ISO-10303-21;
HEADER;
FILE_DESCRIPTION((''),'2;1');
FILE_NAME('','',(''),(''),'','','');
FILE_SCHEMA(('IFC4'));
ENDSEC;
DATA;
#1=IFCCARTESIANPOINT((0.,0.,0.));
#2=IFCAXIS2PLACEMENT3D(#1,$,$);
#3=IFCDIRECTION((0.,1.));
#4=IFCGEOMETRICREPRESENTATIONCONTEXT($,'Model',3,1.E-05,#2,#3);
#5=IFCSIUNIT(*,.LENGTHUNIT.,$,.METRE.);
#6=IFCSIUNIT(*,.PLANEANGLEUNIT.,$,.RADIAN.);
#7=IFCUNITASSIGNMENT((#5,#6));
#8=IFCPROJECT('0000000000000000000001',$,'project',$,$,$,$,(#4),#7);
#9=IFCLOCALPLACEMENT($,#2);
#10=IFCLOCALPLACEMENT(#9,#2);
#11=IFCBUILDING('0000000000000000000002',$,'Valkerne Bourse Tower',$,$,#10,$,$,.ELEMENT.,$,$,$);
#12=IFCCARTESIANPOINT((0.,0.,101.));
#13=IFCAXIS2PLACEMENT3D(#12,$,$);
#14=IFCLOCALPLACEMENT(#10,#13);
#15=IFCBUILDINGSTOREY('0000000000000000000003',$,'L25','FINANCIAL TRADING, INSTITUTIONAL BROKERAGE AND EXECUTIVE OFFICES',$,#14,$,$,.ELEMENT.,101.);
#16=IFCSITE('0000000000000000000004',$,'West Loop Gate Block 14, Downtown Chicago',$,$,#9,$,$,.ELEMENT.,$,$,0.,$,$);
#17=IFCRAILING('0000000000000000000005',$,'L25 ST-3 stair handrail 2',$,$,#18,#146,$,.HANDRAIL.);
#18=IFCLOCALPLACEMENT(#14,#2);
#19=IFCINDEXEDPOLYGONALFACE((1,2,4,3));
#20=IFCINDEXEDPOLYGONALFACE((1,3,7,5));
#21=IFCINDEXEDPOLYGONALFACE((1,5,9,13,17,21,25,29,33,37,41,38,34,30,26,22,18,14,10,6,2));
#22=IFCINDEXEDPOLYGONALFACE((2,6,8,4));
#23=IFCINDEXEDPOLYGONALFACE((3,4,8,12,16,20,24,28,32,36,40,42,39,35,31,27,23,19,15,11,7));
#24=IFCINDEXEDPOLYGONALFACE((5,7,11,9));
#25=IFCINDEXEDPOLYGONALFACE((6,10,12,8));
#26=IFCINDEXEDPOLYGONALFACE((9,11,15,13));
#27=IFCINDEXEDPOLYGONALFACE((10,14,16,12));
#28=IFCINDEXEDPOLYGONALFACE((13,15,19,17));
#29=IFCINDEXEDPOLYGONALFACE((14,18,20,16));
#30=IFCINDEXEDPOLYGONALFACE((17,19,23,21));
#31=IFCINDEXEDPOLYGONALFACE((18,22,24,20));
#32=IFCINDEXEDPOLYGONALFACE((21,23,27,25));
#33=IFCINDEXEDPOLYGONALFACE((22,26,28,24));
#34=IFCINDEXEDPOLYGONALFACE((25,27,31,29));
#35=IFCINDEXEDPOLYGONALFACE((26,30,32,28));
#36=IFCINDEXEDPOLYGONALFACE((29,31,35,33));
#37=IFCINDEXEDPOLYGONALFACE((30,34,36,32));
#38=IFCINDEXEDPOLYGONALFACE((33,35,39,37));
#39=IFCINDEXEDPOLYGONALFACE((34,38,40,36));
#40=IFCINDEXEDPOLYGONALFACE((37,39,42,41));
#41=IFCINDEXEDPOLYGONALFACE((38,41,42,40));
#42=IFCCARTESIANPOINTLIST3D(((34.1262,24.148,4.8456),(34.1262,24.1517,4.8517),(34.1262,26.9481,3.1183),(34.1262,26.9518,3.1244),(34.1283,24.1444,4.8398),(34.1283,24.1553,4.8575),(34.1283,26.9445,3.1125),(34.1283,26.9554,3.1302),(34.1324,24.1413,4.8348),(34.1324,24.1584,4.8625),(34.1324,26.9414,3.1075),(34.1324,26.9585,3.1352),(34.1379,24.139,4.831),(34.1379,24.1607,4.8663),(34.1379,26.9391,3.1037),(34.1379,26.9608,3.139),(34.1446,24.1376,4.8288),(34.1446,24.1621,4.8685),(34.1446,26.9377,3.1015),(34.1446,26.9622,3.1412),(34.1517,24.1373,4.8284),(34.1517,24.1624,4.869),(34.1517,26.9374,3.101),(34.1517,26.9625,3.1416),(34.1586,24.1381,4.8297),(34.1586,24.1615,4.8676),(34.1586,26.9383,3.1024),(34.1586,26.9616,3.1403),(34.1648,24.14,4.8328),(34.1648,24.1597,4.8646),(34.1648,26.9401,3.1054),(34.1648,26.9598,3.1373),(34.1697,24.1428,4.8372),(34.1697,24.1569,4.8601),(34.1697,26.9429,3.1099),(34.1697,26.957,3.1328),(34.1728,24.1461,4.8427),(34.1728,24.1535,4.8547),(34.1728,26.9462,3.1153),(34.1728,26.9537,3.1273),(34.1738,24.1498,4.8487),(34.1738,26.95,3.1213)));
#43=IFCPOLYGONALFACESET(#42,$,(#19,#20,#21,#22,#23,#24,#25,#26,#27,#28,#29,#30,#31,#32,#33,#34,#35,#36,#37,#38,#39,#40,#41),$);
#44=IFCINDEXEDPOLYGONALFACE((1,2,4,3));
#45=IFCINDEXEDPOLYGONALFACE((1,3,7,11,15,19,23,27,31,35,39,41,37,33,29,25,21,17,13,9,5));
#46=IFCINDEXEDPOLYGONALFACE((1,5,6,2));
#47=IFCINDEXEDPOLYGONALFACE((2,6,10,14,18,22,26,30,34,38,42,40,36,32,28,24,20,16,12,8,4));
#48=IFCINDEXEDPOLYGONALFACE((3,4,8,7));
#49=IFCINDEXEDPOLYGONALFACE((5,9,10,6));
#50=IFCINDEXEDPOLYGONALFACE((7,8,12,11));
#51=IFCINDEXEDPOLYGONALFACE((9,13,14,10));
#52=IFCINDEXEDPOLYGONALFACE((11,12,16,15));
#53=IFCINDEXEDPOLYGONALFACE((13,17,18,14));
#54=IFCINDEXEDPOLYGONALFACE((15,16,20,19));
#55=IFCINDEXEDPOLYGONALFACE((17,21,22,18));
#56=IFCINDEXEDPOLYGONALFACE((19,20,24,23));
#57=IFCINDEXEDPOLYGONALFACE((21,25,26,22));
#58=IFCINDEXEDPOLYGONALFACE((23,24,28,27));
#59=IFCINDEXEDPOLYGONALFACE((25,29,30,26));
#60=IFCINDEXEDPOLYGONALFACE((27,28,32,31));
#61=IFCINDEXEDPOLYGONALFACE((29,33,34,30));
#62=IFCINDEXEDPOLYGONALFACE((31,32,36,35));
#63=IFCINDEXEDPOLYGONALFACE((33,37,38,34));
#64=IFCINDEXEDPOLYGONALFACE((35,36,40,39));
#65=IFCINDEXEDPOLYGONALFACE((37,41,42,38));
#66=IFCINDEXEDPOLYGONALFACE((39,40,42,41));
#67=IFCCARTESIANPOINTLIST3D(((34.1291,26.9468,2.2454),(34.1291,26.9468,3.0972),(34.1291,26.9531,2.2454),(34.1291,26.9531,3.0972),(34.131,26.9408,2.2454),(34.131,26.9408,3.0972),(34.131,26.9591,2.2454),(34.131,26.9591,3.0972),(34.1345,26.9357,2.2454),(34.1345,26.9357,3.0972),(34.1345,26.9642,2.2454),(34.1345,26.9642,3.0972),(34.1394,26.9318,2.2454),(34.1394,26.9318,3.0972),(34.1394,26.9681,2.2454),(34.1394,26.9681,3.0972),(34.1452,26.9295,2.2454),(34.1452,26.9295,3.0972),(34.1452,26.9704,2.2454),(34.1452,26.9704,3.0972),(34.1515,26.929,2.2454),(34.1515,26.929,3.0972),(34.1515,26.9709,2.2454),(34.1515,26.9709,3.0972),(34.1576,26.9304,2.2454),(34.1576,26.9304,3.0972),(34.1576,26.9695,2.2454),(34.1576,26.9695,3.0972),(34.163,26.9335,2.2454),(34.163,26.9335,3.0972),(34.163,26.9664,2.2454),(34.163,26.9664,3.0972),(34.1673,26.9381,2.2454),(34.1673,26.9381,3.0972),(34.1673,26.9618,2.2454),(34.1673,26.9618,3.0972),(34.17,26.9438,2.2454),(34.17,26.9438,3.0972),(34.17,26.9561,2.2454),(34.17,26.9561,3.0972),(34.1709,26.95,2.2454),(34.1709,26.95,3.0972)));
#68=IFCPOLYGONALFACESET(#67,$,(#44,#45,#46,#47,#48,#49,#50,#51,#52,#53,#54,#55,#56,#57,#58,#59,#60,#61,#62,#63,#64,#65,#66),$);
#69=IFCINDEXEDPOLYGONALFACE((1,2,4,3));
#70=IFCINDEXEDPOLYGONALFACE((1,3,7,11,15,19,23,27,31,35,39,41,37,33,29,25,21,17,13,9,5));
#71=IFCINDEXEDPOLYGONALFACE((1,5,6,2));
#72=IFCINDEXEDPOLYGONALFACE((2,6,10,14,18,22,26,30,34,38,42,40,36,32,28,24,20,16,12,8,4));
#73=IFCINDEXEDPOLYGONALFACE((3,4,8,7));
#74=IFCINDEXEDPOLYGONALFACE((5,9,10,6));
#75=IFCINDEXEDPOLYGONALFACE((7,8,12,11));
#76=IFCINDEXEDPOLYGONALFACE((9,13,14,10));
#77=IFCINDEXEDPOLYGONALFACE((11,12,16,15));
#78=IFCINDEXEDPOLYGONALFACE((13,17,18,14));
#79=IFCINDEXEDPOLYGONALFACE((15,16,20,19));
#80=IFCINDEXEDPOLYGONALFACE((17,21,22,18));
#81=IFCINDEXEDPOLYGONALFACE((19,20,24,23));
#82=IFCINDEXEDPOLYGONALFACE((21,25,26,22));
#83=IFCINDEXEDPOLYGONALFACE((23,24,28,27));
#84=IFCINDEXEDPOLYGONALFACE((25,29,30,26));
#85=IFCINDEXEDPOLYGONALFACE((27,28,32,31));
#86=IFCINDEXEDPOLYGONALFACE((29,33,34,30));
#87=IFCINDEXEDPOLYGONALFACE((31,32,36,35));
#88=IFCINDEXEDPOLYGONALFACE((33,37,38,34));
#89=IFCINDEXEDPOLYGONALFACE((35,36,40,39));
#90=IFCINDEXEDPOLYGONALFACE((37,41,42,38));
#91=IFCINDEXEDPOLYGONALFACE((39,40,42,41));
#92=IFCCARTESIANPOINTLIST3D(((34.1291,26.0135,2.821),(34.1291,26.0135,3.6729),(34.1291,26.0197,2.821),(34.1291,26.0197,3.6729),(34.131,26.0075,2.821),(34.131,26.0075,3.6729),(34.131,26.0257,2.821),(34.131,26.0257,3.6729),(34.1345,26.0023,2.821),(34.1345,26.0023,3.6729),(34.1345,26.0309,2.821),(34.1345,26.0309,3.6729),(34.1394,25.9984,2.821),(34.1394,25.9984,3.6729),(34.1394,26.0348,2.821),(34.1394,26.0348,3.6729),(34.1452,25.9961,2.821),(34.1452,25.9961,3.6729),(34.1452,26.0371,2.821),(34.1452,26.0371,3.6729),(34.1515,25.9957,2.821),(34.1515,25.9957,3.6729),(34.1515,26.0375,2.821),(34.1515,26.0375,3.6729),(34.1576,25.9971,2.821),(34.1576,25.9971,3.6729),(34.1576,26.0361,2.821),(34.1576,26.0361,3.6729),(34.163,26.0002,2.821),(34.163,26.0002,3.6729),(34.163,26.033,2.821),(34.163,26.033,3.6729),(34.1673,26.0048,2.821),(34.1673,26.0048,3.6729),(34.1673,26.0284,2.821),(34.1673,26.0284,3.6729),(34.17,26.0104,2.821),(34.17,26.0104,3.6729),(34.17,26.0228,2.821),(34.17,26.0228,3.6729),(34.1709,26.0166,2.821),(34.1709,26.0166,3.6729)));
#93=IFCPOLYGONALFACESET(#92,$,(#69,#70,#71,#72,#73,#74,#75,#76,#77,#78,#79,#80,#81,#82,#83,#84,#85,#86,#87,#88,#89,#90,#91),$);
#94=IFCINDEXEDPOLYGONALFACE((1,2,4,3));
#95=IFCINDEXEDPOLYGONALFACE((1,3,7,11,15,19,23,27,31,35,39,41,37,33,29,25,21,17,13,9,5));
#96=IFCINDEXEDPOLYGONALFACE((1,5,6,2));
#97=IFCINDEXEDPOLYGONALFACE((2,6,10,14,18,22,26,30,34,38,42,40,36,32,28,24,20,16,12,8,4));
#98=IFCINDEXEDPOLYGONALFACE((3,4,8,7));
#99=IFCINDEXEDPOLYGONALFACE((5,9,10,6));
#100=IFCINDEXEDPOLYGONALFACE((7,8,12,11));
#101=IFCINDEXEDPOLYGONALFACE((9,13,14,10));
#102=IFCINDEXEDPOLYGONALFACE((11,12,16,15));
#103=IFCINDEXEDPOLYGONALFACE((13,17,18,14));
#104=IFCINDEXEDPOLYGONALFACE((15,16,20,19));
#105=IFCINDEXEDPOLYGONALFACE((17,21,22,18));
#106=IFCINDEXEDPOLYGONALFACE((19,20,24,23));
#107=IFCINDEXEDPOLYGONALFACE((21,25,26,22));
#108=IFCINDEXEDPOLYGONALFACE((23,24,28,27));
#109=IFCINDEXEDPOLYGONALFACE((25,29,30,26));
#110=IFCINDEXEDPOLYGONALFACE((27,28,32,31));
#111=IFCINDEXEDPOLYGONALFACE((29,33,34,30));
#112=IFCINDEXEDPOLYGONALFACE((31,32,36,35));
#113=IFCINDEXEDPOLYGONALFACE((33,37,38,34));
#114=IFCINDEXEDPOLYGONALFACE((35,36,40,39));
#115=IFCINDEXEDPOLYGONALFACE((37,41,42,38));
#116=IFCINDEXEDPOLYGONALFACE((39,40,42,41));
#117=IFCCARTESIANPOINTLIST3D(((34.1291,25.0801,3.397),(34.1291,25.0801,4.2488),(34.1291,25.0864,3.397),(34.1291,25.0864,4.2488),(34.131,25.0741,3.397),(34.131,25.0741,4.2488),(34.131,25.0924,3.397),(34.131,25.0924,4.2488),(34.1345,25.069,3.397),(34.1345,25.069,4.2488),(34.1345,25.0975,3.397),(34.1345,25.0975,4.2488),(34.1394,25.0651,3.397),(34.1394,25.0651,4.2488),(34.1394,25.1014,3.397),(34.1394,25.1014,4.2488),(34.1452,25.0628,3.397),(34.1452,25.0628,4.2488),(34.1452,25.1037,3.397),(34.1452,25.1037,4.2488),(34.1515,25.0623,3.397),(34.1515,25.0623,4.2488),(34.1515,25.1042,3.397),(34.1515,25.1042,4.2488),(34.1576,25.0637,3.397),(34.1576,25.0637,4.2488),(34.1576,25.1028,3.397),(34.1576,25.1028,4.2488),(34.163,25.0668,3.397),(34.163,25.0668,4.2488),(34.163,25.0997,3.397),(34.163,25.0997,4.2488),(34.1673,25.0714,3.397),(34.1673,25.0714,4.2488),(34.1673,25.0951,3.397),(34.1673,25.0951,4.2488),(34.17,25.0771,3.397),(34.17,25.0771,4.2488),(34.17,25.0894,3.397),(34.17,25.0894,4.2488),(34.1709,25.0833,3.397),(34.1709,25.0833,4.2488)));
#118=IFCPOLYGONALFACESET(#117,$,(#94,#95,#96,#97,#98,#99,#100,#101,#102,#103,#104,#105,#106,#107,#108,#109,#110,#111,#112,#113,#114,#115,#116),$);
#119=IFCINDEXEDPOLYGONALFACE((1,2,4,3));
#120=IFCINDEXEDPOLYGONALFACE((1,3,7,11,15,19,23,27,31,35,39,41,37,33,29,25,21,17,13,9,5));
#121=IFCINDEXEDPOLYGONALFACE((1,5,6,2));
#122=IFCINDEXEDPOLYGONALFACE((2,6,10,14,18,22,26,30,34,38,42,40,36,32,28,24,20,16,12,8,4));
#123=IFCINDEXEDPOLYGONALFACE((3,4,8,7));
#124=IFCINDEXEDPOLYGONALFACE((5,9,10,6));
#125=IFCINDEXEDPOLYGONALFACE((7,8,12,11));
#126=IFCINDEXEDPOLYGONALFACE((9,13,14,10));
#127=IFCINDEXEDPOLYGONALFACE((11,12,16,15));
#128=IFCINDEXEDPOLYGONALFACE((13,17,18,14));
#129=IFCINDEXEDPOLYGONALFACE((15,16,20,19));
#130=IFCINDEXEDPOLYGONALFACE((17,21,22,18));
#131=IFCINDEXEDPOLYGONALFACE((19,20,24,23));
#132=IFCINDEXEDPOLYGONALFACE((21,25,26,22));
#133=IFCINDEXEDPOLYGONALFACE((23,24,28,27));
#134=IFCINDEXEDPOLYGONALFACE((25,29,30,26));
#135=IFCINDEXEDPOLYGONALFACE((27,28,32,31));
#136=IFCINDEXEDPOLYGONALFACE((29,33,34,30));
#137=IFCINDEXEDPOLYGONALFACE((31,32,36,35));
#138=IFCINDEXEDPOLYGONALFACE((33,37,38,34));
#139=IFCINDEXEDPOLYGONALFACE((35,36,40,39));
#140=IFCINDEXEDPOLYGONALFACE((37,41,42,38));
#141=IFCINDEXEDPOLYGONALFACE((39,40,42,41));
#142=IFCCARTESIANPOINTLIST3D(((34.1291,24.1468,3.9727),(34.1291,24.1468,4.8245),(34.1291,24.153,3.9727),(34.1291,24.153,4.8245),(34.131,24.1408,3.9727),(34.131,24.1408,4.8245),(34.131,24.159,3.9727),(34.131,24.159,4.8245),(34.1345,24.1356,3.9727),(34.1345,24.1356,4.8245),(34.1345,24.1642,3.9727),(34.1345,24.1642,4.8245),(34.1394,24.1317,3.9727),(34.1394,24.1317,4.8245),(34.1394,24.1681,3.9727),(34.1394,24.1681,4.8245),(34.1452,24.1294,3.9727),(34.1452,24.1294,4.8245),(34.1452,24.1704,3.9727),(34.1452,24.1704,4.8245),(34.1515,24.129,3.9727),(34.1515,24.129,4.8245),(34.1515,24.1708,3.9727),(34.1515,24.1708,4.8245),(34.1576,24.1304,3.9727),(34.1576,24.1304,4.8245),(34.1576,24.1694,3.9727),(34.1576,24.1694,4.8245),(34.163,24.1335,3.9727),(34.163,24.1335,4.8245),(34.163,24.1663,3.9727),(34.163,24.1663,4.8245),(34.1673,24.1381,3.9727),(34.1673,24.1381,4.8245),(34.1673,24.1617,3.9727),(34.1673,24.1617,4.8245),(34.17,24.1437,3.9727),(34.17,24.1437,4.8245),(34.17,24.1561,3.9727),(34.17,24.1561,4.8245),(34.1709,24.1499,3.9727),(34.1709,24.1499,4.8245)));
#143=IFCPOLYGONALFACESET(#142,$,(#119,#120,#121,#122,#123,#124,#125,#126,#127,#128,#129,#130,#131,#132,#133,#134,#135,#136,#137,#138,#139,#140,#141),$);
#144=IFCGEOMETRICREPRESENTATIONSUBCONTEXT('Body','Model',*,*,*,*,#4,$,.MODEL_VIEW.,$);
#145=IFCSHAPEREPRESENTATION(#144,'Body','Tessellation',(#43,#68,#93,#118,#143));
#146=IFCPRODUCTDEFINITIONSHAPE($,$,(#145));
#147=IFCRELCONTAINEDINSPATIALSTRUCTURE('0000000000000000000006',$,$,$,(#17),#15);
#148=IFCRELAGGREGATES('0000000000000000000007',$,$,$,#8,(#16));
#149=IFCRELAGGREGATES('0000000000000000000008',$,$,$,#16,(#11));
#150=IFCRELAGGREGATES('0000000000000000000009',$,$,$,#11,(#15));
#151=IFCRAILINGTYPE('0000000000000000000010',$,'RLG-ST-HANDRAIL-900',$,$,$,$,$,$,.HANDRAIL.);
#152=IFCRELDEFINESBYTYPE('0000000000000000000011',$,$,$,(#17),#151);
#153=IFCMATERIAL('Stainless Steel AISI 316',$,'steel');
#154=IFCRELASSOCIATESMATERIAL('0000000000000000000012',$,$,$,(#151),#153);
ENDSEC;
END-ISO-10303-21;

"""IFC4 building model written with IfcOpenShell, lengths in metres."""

from ifc_helpers import new_model, si_unit, direction, frame, origin, origin_2d, place, context, subcontext, project, spatial, circle, extrude, material, type_object, element, save


model = new_model("IFC4")

# Units and contexts
model_context = context("Model", 3, precision=1e-05, world=origin(), true_north=direction((0.0, 1.0)))
body_context = subcontext(model_context, "Body", "Model", "MODEL_VIEW")
ifc_project = project(units=[si_unit("LENGTHUNIT", "METRE"), si_unit("PLANEANGLEUNIT", "RADIAN")], contexts=[model_context])

# Site, building, storey
site_placement = place(None, origin())
site = spatial("IfcSite", under=ifc_project, at=site_placement, Name="West Loop Gate Block 14, Downtown Chicago", CompositionType="ELEMENT", RefElevation=0.0)
building_placement = place(site_placement, origin())
building = spatial("IfcBuilding", under=site, at=building_placement, Name="Valkerne Bourse Tower", CompositionType="ELEMENT")
storey_placement = place(building_placement, frame((0.0, 0.0, 101.0)))
storey = spatial("IfcBuildingStorey", under=building, at=storey_placement, Name="L25", Description="FINANCIAL TRADING, INSTITUTIONAL BROKERAGE AND EXECUTIVE OFFICES", CompositionType="ELEMENT", Elevation=101.0)

# Railing
ifc_material_1 = material(Name="Stainless Steel AISI 316", Category="steel")
railing_type_1 = type_object("IfcRailingType", Name="RLG-ST-HANDRAIL-900", PredefinedType="HANDRAIL", material=ifc_material_1)
railing_1_placement = place(storey_placement, frame((34.1499, 26.95, 2.2454)))
element("IfcRailing", 1, at=railing_1_placement, inside=storey, type_object=railing_type_1, Name="L25 ST-3 stair handrail 2", PredefinedType="HANDRAIL", context=body_context, shape_type="SweptSolid", body=[
    extrude(circle(Radius=0.0239, at=origin_2d()), frame((0.0, 0.0, 0.876), z_axis=(0.0, -0.85109, 0.52502), x_axis=(1.0, 0.0, 0.0)), (0.0, 0.0, 1.0), 3.29),
    extrude(circle(Radius=0.021, at=origin_2d()), origin(), (0.0, 0.0, 1.0), 0.8518),
    extrude(circle(Radius=0.021, at=origin_2d()), frame((0.0, -0.9333, 0.5757)), (0.0, 0.0, 1.0), 0.8518),
    extrude(circle(Radius=0.021, at=origin_2d()), frame((0.0, -1.8667, 1.1516)), (0.0, 0.0, 1.0), 0.8518),
    extrude(circle(Radius=0.021, at=origin_2d()), frame((0.0, -2.8, 1.7273)), (0.0, 0.0, 1.0), 0.8518),
])

save(model, "model.ifc")
